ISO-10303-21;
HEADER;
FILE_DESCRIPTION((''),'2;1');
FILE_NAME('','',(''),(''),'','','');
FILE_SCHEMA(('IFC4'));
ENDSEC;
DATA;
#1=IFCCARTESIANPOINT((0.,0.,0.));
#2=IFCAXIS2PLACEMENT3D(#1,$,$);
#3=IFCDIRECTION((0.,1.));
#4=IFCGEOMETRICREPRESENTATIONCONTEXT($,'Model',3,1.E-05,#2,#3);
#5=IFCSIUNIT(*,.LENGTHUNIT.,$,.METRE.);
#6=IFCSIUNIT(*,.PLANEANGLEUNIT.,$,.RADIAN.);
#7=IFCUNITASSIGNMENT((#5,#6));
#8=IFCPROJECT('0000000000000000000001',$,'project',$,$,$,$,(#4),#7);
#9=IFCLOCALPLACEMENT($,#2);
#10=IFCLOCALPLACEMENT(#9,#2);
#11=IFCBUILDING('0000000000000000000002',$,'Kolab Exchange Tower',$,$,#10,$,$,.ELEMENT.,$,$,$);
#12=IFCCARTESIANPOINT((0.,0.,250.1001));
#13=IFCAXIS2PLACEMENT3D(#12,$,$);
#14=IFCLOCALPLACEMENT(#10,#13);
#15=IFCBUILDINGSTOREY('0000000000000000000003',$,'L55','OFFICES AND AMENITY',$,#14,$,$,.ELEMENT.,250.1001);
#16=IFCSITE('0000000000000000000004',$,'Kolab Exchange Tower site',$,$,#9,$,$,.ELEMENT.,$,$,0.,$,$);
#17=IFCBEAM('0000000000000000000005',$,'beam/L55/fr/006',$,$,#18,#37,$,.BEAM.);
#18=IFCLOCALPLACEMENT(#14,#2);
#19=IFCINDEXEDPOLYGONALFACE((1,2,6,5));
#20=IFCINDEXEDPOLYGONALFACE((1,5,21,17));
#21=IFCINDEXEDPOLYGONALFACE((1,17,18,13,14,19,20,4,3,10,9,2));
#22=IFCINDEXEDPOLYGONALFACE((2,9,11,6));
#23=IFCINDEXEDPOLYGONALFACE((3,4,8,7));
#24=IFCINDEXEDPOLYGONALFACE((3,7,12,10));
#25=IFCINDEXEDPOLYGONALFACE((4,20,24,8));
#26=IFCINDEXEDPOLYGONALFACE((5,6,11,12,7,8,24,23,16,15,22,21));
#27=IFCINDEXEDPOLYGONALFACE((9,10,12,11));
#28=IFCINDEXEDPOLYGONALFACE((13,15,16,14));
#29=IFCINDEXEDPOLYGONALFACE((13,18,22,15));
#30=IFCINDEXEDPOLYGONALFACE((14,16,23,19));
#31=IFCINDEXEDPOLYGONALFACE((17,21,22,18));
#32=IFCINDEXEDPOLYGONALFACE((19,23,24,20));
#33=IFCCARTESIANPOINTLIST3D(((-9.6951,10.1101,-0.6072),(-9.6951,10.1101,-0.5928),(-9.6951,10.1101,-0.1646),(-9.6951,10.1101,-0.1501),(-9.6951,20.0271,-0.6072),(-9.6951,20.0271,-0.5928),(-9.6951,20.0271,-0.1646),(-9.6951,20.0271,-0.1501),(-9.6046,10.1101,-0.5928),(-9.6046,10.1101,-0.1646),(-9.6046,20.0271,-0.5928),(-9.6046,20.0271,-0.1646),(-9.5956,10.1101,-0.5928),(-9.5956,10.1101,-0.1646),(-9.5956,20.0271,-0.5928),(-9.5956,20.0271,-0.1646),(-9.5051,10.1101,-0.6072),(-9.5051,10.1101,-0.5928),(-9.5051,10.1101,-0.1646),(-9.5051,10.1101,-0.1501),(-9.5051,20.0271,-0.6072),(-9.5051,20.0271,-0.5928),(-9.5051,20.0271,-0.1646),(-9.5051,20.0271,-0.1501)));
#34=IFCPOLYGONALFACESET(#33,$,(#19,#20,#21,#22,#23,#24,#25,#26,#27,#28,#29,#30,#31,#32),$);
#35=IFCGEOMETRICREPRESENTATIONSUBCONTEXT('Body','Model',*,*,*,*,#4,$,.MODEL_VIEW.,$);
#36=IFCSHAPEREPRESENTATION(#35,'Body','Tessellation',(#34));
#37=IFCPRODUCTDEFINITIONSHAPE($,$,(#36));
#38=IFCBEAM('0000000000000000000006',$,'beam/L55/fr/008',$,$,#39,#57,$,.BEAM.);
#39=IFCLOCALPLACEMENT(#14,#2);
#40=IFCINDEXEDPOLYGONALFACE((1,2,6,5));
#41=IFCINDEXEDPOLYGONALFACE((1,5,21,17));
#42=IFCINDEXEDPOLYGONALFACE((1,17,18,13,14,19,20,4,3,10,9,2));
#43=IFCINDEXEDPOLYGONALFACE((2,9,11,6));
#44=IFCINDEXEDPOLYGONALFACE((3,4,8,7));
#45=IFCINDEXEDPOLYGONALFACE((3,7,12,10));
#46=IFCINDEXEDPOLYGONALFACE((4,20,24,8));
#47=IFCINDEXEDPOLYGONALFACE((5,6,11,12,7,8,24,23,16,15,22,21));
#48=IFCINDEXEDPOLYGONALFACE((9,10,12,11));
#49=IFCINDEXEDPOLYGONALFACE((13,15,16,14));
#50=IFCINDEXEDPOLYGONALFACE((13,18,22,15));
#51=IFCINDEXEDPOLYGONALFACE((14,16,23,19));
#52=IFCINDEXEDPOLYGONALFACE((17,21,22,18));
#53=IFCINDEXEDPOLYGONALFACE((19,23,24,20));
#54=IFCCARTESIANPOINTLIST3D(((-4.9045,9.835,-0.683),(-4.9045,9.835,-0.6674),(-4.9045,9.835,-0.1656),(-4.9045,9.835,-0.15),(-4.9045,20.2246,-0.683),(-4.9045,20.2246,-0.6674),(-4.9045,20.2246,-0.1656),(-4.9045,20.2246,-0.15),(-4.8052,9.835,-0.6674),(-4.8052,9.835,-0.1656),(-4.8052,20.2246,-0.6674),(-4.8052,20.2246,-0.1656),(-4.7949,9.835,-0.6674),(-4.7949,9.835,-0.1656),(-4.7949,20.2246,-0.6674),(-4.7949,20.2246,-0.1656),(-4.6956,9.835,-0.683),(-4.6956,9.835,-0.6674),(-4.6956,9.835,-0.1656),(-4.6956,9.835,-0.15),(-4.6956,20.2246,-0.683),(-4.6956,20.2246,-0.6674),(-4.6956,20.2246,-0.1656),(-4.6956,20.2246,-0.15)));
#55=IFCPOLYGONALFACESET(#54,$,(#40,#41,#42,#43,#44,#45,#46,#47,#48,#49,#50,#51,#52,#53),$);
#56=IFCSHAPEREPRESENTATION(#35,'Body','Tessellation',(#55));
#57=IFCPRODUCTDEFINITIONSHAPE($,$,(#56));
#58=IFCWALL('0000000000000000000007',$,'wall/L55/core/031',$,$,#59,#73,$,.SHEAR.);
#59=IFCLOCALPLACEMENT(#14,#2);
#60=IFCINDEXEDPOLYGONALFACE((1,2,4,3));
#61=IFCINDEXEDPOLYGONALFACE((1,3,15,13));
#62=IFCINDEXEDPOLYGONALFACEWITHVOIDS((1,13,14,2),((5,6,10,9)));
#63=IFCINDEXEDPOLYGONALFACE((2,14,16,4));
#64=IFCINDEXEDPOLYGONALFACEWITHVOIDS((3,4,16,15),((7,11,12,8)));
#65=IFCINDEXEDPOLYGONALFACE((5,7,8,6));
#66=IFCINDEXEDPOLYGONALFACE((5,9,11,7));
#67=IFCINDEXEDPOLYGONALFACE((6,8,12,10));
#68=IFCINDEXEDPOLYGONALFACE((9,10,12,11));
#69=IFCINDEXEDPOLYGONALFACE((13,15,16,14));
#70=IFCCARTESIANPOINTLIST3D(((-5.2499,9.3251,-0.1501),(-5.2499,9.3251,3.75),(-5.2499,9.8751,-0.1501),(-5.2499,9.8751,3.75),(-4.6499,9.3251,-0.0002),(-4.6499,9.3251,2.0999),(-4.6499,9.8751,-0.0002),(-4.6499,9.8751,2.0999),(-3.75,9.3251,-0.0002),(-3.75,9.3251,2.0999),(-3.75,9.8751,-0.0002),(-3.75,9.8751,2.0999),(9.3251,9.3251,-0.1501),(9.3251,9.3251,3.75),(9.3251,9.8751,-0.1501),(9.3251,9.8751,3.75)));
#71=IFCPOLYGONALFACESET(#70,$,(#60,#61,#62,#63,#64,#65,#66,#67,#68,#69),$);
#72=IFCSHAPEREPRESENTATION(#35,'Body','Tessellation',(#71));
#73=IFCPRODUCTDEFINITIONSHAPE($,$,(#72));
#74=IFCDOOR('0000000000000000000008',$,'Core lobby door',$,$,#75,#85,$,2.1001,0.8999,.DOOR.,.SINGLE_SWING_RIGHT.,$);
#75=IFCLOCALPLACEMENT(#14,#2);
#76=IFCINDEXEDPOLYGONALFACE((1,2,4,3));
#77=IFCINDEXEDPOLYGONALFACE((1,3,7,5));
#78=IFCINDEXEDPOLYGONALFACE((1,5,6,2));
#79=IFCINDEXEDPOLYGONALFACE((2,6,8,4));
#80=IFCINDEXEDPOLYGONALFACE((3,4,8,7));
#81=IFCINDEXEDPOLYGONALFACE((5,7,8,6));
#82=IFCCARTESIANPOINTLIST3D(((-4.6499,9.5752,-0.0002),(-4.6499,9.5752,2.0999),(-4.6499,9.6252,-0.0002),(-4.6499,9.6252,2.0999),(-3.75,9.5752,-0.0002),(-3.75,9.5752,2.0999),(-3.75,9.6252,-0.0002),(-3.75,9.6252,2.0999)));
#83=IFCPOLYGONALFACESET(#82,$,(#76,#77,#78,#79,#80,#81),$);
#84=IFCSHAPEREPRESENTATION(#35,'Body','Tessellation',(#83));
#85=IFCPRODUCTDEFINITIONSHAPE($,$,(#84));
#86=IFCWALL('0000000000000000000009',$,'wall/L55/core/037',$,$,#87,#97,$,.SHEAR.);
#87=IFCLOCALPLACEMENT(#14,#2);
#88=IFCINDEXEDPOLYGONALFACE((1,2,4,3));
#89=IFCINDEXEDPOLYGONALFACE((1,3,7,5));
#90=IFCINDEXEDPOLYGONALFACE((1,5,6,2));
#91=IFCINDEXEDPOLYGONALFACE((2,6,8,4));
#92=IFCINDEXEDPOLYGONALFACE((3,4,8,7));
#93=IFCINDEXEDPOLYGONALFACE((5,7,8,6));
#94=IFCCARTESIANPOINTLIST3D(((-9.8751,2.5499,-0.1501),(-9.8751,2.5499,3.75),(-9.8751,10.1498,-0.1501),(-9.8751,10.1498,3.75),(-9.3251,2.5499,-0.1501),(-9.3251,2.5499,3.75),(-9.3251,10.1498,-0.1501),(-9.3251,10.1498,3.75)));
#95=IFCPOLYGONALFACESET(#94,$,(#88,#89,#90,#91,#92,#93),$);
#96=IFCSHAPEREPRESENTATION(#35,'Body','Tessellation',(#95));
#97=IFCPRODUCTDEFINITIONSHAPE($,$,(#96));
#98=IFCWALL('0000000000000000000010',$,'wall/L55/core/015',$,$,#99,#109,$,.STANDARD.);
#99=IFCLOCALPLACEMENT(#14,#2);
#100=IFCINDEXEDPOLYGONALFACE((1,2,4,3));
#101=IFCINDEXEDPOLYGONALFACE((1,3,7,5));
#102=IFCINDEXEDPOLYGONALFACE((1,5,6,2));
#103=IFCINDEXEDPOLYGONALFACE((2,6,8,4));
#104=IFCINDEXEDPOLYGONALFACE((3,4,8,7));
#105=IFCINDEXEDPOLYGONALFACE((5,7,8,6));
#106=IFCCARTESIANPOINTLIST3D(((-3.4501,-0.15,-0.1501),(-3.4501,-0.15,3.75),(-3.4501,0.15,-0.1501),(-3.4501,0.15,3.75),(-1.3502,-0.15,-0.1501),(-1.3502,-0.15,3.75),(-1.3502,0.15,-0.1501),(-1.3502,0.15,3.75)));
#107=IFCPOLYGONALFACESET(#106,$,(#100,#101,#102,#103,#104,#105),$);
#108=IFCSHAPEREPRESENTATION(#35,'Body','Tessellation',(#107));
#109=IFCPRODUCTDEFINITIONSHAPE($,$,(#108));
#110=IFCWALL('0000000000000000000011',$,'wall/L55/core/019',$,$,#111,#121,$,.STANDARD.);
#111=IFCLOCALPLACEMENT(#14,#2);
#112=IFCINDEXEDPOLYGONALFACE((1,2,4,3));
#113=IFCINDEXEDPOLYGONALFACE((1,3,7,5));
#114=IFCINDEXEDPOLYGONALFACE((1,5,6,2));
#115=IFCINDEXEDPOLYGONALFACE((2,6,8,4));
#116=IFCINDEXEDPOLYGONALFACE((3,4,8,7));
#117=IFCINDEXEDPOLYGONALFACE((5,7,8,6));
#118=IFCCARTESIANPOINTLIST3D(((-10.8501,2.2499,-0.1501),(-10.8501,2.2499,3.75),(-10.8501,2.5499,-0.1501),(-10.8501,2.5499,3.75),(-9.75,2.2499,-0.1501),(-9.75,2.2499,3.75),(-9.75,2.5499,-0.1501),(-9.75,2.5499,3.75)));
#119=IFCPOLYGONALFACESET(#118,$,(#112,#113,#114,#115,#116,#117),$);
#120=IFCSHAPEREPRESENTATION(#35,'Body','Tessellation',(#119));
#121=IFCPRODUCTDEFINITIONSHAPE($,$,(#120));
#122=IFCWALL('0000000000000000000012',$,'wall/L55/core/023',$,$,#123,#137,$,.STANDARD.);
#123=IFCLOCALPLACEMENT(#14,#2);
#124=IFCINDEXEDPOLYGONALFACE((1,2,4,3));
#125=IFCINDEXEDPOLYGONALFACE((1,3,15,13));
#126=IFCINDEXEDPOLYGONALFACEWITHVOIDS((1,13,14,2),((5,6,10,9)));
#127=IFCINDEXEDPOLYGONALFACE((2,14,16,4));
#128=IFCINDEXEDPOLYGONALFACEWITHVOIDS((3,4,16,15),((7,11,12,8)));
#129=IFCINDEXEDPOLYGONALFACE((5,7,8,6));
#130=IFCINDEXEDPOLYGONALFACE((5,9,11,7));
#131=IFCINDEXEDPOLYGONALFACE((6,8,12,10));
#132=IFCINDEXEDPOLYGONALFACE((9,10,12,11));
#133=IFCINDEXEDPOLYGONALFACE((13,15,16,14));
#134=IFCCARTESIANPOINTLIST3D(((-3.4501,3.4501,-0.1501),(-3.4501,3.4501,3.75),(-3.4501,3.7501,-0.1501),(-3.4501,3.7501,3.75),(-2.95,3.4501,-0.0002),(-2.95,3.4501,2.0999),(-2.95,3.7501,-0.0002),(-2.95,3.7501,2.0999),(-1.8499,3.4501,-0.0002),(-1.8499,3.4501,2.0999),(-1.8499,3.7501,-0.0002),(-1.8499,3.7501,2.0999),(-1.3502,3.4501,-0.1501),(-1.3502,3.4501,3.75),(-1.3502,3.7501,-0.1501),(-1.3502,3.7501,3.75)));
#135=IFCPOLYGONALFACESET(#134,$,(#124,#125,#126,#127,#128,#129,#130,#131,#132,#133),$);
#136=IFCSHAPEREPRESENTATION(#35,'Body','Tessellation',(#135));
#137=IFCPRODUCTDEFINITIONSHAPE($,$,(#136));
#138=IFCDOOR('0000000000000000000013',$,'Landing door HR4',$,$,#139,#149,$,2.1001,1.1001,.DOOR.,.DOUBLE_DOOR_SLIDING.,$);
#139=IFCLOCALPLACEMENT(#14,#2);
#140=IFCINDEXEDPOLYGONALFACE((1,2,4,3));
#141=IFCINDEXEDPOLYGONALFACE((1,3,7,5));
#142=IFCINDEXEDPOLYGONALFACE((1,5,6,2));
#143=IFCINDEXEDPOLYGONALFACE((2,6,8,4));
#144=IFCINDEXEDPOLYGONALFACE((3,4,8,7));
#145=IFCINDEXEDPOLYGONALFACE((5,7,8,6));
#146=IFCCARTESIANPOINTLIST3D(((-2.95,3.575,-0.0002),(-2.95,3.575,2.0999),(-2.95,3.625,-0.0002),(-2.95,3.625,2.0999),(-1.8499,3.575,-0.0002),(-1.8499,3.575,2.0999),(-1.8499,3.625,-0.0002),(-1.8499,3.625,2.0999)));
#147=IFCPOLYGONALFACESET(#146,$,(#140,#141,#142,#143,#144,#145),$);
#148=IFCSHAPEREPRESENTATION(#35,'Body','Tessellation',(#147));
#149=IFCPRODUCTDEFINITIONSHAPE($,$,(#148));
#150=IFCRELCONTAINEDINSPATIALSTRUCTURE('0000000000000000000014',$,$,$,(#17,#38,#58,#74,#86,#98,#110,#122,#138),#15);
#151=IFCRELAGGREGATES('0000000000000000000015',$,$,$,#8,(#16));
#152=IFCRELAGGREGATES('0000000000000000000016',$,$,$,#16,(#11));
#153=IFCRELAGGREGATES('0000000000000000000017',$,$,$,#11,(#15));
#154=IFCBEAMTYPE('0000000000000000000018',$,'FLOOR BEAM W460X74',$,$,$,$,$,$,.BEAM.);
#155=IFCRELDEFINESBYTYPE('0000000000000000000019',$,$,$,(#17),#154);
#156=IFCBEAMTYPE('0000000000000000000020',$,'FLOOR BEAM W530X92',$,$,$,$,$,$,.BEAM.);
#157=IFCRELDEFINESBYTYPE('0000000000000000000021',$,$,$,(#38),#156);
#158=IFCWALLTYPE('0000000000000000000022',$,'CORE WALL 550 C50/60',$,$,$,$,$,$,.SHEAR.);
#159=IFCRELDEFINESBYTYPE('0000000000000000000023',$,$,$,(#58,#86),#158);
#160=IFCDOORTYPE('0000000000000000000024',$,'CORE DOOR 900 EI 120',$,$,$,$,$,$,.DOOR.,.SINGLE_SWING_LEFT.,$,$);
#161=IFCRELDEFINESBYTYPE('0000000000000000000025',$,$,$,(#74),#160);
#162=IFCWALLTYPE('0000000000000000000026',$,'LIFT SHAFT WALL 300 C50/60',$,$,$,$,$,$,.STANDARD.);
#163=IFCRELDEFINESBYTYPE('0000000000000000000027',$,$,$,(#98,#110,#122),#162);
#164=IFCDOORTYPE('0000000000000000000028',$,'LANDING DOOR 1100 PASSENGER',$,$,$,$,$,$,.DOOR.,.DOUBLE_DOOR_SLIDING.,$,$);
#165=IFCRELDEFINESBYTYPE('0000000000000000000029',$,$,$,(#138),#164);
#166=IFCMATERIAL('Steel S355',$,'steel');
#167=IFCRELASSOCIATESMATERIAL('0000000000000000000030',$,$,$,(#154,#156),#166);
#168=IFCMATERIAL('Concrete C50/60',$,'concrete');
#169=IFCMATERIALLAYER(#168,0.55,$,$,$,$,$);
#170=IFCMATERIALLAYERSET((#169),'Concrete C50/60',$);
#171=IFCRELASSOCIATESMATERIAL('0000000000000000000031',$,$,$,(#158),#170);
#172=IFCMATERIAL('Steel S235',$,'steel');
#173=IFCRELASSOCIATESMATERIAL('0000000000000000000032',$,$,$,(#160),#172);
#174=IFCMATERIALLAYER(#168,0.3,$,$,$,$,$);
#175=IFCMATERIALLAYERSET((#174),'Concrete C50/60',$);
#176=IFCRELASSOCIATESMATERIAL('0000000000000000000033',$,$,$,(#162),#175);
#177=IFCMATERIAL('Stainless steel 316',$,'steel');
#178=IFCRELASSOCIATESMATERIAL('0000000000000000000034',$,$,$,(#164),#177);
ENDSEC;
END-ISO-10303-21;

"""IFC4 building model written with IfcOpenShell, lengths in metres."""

from ifc_helpers import new_model, si_unit, direction, frame, frame_2d, origin, origin_2d, place, context, subcontext, project, spatial, rectangle, i_section, extrude, material, layer, layer_set, material_profile, profile_set, type_object, element, fill, save


model = new_model("IFC4")

# Units and contexts
model_context = context("Model", 3, precision=1e-05, world=origin(), true_north=direction((0.0, 1.0)))
body_context = subcontext(model_context, "Body", "Model", "MODEL_VIEW")
ifc_project = project(units=[si_unit("LENGTHUNIT", "METRE"), si_unit("PLANEANGLEUNIT", "RADIAN")], contexts=[model_context])

# Site, building, storey
site_placement = place(None, origin())
site = spatial("IfcSite", under=ifc_project, at=site_placement, Name="Kolab Exchange Tower site", CompositionType="ELEMENT", RefElevation=0.0)
building_placement = place(site_placement, origin())
building = spatial("IfcBuilding", under=site, at=building_placement, Name="Kolab Exchange Tower", CompositionType="ELEMENT")
storey_placement = place(building_placement, frame((0.0, 0.0, 250.1001)))
storey = spatial("IfcBuildingStorey", under=building, at=storey_placement, Name="L55", Description="OFFICES AND AMENITY", CompositionType="ELEMENT", Elevation=250.1001)

# Beams
ifc_material_1 = material(Name="Steel S355", Category="steel")
ifc_material_profile_1 = material_profile(ifc_material_1, i_section(OverallWidth=0.1899, OverallDepth=0.457, WebThickness=0.009, FlangeThickness=0.0144, at=origin_2d()), Name="W460X74")
ifc_profile_set_1 = profile_set([ifc_material_profile_1], Name="Steel S355")
beam_type_1 = type_object("IfcBeamType", Name="FLOOR BEAM W460X74", PredefinedType="BEAM", material=ifc_profile_set_1)
beam_1_placement = place(storey_placement, frame((-9.6001, 10.1101, -0.3787), z_axis=(0.0, 1.0, 0.0), x_axis=(-1.0, 0.0, 0.0)))
element("IfcBeam", 1, at=beam_1_placement, inside=storey, type_object=beam_type_1, Name="beam/L55/fr/006", PredefinedType="BEAM", context=body_context, shape_type="SweptSolid", body=[
    extrude(i_section(OverallWidth=0.1899, OverallDepth=0.457, WebThickness=0.009, FlangeThickness=0.0144, at=origin_2d()), origin(), (0.0, 0.0, 1.0), 9.917),
])
ifc_material_profile_2 = material_profile(ifc_material_1, i_section(OverallWidth=0.209, OverallDepth=0.533, WebThickness=0.0103, FlangeThickness=0.0156, at=origin_2d()), Name="W530X92")
ifc_profile_set_2 = profile_set([ifc_material_profile_2], Name="Steel S355")
beam_type_2 = type_object("IfcBeamType", Name="FLOOR BEAM W530X92", PredefinedType="BEAM", material=ifc_profile_set_2)
beam_2_placement = place(storey_placement, frame((-4.8, 9.835, -0.4165), z_axis=(0.0, 1.0, 0.0), x_axis=(-1.0, 0.0, 0.0)))
element("IfcBeam", 2, at=beam_2_placement, inside=storey, type_object=beam_type_2, Name="beam/L55/fr/008", PredefinedType="BEAM", context=body_context, shape_type="SweptSolid", body=[
    extrude(i_section(OverallWidth=0.209, OverallDepth=0.533, WebThickness=0.0103, FlangeThickness=0.0156, at=origin_2d()), origin(), (0.0, 0.0, 1.0), 10.3896),
])

# Wall, opening, door
ifc_material_2 = material(Name="Concrete C50/60", Category="concrete")
ifc_layer_1 = layer(ifc_material_2, 0.55)
ifc_layer_set_1 = layer_set([ifc_layer_1], Name="Concrete C50/60")
wall_type_1 = type_object("IfcWallType", Name="CORE WALL 550 C50/60", PredefinedType="SHEAR", material=ifc_layer_set_1)
wall_1_placement = place(storey_placement, frame((-5.25, 9.6001, -0.1501), z_axis=(0.0, 0.0, 1.0), x_axis=(1.0, 0.0, 0.0)))
wall_1 = element("IfcWall", 3, at=wall_1_placement, inside=storey, type_object=wall_type_1, Name="wall/L55/core/031", PredefinedType="SHEAR", context=body_context, shape_type="SweptSolid", body=[
    extrude(rectangle(XDim=14.575, YDim=0.55, at=frame_2d((7.2876, 0.0))), origin(), (0.0, 0.0, 1.0), 3.9001),
])
opening_1_placement = place(wall_1_placement, frame((0.6001, 0.0, 0.1499)))
opening_1 = element("IfcOpeningElement", 4, at=opening_1_placement, cuts=wall_1, PredefinedType="OPENING", context=body_context, shape_type="SweptSolid", body=[
    extrude(rectangle(XDim=0.8999, YDim=2.1001, at=frame_2d((0.45, 1.05))), frame((0.0, 0.2852, 0.0), z_axis=(0.0, -1.0, 0.0), x_axis=(1.0, 0.0, 0.0)), (0.0, 0.0, 1.0), 0.5701),
])
ifc_material_3 = material(Name="Steel S235", Category="steel")
door_type_1 = type_object("IfcDoorType", Name="CORE DOOR 900 EI 120", OperationType="SINGLE_SWING_LEFT", PredefinedType="DOOR", material=ifc_material_3)
door_1_placement = place(opening_1_placement, frame((0.8999, 0.0, 0.0), z_axis=(0.0, 0.0, 1.0), x_axis=(-1.0, 0.0, 0.0)))
door_1 = element("IfcDoor", 5, at=door_1_placement, inside=storey, type_object=door_type_1, Name="Core lobby door", OperationType="SINGLE_SWING_RIGHT", OverallHeight=2.1001, OverallWidth=0.8999, PredefinedType="DOOR", context=body_context, shape_type="SweptSolid", body=[
    extrude(rectangle(XDim=0.8999, YDim=2.1001, at=frame_2d((0.45, 1.05))), frame((0.0, 0.0249, 0.0), z_axis=(0.0, -1.0, 0.0), x_axis=(1.0, 0.0, 0.0)), (0.0, 0.0, 1.0), 0.05),
])
fill(opening_1, door_1)

# Walls
wall_2_placement = place(storey_placement, frame((-9.6001, 2.55, -0.1501), z_axis=(0.0, 0.0, 1.0), x_axis=(0.0, 1.0, 0.0)))
element("IfcWall", 6, at=wall_2_placement, inside=storey, type_object=wall_type_1, Name="wall/L55/core/037", PredefinedType="SHEAR", context=body_context, shape_type="SweptSolid", body=[
    extrude(rectangle(XDim=7.5999, YDim=0.55, at=frame_2d((3.7998, 0.0))), origin(), (0.0, 0.0, 1.0), 3.9001),
])
ifc_layer_2 = layer(ifc_material_2, 0.3)
ifc_layer_set_2 = layer_set([ifc_layer_2], Name="Concrete C50/60")
wall_type_2 = type_object("IfcWallType", Name="LIFT SHAFT WALL 300 C50/60", PredefinedType="STANDARD", material=ifc_layer_set_2)
wall_3_placement = place(storey_placement, frame((-3.45, 0.0, -0.1501), z_axis=(0.0, 0.0, 1.0), x_axis=(1.0, 0.0, 0.0)))
element("IfcWall", 7, at=wall_3_placement, inside=storey, type_object=wall_type_2, Name="wall/L55/core/015", PredefinedType="STANDARD", context=body_context, shape_type="SweptSolid", body=[
    extrude(rectangle(XDim=2.0999, YDim=0.3, at=frame_2d((1.0498, 0.0))), origin(), (0.0, 0.0, 1.0), 3.9001),
])
wall_4_placement = place(storey_placement, frame((-10.8501, 2.3999, -0.1501), z_axis=(0.0, 0.0, 1.0), x_axis=(1.0, 0.0, 0.0)))
element("IfcWall", 8, at=wall_4_placement, inside=storey, type_object=wall_type_2, Name="wall/L55/core/019", PredefinedType="STANDARD", context=body_context, shape_type="SweptSolid", body=[
    extrude(rectangle(XDim=1.1001, YDim=0.3, at=frame_2d((0.55, 0.0))), origin(), (0.0, 0.0, 1.0), 3.9001),
])

# Wall, opening, door
wall_5_placement = place(storey_placement, frame((-3.45, 3.6001, -0.1501), z_axis=(0.0, 0.0, 1.0), x_axis=(1.0, 0.0, 0.0)))
wall_5 = element("IfcWall", 9, at=wall_5_placement, inside=storey, type_object=wall_type_2, Name="wall/L55/core/023", PredefinedType="STANDARD", context=body_context, shape_type="SweptSolid", body=[
    extrude(rectangle(XDim=2.0999, YDim=0.3, at=frame_2d((1.0498, 0.0))), origin(), (0.0, 0.0, 1.0), 3.9001),
])
opening_2_placement = place(wall_5_placement, frame((0.5, 0.0, 0.1499)))
opening_2 = element("IfcOpeningElement", 10, at=opening_2_placement, cuts=wall_5, PredefinedType="OPENING", context=body_context, shape_type="SweptSolid", body=[
    extrude(rectangle(XDim=1.1001, YDim=2.1001, at=frame_2d((0.55, 1.05))), frame((0.0, 0.1602, 0.0), z_axis=(0.0, -1.0, 0.0), x_axis=(1.0, 0.0, 0.0)), (0.0, 0.0, 1.0), 0.3201),
])
ifc_material_4 = material(Name="Stainless steel 316", Category="steel")
door_type_2 = type_object("IfcDoorType", Name="LANDING DOOR 1100 PASSENGER", OperationType="DOUBLE_DOOR_SLIDING", PredefinedType="DOOR", material=ifc_material_4)
door_2_placement = place(opening_2_placement, origin())
door_2 = element("IfcDoor", 11, at=door_2_placement, inside=storey, type_object=door_type_2, Name="Landing door HR4", OperationType="DOUBLE_DOOR_SLIDING", OverallHeight=2.1001, OverallWidth=1.1001, PredefinedType="DOOR", context=body_context, shape_type="SweptSolid", body=[
    extrude(rectangle(XDim=1.1001, YDim=2.1001, at=frame_2d((0.55, 1.05))), frame((0.0, 0.0249, 0.0), z_axis=(0.0, -1.0, 0.0), x_axis=(1.0, 0.0, 0.0)), (0.0, 0.0, 1.0), 0.05),
])
fill(opening_2, door_2)

save(model, "model.ifc")
